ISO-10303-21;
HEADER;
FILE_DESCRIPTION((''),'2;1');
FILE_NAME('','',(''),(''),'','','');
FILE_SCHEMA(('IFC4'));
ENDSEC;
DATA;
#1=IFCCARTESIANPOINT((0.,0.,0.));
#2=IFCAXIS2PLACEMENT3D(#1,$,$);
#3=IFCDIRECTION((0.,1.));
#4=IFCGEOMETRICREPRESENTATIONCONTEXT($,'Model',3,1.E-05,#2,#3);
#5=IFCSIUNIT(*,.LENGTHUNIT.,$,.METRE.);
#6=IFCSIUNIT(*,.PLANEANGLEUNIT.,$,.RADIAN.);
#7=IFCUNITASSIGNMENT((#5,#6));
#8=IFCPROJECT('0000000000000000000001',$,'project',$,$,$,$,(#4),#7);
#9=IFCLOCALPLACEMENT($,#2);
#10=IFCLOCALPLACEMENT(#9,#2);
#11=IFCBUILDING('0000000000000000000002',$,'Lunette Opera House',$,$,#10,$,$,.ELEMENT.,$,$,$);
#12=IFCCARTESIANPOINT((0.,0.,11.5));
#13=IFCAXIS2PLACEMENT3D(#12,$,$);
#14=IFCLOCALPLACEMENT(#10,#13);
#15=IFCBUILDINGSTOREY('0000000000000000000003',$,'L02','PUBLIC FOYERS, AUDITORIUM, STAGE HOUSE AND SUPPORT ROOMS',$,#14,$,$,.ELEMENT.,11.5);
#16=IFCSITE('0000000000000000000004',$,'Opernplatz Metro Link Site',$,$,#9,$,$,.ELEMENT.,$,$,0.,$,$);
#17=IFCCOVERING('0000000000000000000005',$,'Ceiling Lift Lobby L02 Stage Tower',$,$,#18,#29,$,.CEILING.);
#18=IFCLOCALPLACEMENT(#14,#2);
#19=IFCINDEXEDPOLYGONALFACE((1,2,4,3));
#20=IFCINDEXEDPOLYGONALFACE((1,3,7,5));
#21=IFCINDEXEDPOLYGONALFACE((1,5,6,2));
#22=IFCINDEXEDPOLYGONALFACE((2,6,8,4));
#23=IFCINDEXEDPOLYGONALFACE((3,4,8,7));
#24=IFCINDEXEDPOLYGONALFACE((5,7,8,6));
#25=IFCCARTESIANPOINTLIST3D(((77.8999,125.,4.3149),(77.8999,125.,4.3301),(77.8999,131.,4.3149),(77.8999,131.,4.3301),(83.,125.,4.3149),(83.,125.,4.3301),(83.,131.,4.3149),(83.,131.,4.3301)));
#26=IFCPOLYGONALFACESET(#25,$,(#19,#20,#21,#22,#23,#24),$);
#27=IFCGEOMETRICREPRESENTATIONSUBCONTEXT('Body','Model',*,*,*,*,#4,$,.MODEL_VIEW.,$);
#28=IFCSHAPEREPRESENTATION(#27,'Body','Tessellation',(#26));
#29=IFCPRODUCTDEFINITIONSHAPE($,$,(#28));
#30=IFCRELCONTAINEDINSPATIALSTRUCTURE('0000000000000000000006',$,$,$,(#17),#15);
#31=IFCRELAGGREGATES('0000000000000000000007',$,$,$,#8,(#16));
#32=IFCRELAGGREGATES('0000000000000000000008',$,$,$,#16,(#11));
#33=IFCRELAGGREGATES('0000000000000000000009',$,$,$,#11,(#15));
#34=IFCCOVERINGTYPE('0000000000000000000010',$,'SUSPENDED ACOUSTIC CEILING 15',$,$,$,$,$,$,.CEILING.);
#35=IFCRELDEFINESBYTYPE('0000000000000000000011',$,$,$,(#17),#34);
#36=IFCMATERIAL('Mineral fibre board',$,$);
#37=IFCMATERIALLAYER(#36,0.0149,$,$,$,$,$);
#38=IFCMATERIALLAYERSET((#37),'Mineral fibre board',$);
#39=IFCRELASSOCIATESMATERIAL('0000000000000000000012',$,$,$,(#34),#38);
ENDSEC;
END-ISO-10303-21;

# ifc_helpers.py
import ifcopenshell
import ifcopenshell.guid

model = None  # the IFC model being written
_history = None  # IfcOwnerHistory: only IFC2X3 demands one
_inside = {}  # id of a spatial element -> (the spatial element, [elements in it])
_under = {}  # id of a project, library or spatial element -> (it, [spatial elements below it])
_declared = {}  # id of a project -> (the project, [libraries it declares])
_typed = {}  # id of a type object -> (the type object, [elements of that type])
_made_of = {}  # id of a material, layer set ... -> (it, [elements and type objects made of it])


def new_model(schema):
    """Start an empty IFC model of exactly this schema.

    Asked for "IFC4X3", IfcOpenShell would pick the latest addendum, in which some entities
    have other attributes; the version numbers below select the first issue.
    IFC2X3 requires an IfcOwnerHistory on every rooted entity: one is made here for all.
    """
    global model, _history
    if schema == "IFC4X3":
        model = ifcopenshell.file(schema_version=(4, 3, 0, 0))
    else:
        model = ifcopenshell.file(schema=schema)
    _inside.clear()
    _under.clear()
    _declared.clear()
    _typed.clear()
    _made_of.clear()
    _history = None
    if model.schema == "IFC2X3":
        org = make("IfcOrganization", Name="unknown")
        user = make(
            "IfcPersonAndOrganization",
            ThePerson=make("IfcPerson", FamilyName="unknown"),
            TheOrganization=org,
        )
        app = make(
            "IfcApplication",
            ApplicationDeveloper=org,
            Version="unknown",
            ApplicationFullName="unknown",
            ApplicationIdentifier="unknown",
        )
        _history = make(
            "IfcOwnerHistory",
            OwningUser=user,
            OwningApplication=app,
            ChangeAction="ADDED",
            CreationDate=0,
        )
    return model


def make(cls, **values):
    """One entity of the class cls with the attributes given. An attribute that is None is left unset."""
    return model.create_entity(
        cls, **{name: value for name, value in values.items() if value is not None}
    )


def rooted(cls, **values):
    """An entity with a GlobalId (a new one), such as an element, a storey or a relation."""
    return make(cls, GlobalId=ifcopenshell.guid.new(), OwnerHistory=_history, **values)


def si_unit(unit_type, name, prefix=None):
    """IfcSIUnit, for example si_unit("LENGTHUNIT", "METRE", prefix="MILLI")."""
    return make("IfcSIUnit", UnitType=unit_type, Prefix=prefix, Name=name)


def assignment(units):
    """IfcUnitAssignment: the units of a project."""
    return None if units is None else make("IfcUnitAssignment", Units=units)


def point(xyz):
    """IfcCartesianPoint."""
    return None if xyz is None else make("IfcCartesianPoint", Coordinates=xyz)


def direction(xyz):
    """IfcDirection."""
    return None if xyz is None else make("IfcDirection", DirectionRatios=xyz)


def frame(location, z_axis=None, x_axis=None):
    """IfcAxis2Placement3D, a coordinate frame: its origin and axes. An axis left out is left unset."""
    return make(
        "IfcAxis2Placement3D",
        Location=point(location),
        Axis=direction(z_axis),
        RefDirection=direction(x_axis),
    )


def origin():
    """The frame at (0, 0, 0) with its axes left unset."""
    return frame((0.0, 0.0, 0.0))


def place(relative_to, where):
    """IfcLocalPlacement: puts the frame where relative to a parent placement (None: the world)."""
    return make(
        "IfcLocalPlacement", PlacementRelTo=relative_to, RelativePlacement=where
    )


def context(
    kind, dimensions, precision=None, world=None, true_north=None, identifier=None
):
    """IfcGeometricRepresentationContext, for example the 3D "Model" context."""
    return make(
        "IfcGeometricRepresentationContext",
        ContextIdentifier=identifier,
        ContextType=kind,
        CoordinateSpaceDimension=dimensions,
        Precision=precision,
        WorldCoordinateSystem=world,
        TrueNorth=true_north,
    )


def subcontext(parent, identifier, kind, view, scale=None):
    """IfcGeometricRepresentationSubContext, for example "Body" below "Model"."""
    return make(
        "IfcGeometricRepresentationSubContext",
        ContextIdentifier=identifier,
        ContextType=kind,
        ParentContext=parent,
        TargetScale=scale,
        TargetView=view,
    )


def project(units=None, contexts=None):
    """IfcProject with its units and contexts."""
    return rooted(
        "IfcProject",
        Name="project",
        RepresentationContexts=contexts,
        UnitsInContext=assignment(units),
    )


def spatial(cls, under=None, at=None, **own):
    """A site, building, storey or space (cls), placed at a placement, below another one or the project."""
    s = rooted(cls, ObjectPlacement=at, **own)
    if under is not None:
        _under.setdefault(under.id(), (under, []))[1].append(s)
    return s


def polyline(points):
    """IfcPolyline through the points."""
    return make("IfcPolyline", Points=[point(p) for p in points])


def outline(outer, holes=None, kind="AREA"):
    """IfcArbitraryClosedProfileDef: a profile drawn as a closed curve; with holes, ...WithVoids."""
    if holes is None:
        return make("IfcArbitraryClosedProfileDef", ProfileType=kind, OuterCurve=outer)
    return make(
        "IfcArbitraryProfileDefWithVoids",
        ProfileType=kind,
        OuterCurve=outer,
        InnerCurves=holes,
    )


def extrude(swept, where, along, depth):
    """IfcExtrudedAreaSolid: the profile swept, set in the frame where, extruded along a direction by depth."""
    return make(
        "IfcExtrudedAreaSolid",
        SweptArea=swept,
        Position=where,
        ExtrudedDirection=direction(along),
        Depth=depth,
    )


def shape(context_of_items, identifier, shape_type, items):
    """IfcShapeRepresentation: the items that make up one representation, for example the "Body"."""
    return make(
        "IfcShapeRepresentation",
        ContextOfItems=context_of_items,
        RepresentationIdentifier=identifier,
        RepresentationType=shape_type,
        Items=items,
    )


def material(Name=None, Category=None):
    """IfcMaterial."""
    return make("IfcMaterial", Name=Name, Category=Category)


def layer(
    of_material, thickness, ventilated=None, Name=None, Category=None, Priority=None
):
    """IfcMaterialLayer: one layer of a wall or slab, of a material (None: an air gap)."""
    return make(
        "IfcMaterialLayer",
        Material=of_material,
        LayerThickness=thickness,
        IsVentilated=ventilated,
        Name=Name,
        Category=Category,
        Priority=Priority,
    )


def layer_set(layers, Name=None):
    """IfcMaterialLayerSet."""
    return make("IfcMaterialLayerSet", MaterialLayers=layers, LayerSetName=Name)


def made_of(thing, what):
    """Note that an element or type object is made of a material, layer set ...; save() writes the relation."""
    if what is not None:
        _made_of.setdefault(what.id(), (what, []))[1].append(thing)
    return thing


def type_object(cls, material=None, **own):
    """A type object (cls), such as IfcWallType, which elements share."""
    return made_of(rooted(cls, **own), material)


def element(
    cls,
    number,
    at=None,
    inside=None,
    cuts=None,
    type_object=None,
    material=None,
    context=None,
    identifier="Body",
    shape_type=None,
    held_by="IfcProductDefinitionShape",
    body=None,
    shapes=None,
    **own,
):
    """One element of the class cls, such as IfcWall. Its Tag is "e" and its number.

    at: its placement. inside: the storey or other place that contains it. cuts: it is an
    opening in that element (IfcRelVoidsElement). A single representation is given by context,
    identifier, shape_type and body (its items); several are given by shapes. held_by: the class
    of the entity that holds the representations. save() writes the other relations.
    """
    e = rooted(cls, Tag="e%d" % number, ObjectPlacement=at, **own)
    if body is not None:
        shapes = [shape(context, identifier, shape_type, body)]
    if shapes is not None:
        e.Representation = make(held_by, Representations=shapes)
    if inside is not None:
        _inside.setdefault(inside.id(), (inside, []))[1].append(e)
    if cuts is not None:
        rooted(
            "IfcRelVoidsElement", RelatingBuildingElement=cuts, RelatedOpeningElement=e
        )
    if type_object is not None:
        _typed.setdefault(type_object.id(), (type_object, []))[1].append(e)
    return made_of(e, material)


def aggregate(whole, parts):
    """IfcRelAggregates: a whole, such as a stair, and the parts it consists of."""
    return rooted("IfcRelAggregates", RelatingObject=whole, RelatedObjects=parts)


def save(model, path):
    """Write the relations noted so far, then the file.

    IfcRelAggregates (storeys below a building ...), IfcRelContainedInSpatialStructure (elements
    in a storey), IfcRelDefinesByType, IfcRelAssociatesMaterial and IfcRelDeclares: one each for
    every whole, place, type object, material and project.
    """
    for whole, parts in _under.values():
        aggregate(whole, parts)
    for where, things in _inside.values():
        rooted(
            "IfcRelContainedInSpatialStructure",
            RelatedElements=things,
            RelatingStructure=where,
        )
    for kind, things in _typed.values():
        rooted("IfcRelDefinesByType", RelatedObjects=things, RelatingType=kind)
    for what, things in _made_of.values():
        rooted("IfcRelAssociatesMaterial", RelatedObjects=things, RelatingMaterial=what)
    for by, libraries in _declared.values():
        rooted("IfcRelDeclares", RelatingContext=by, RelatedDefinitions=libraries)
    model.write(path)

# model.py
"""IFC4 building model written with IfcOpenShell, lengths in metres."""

from ifc_helpers import new_model, si_unit, direction, frame, origin, place, context, subcontext, project, spatial, polyline, outline, extrude, material, layer, layer_set, type_object, element, save


model = new_model("IFC4")

# Units and contexts
model_context = context("Model", 3, precision=1e-05, world=origin(), true_north=direction((0.0, 1.0)))
body_context = subcontext(model_context, "Body", "Model", "MODEL_VIEW")
ifc_project = project(units=[si_unit("LENGTHUNIT", "METRE"), si_unit("PLANEANGLEUNIT", "RADIAN")], contexts=[model_context])

# Site, building, storey
site_placement = place(None, origin())
site = spatial("IfcSite", under=ifc_project, at=site_placement, Name="Opernplatz Metro Link Site", CompositionType="ELEMENT", RefElevation=0.0)
building_placement = place(site_placement, origin())
building = spatial("IfcBuilding", under=site, at=building_placement, Name="Lunette Opera House", CompositionType="ELEMENT")
storey_placement = place(building_placement, frame((0.0, 0.0, 11.5)))
storey = spatial("IfcBuildingStorey", under=building, at=storey_placement, Name="L02", Description="PUBLIC FOYERS, AUDITORIUM, STAGE HOUSE AND SUPPORT ROOMS", CompositionType="ELEMENT", Elevation=11.5)

# Covering
ifc_material_1 = material(Name="Mineral fibre board")
ifc_layer_1 = layer(ifc_material_1, 0.0149)
ifc_layer_set_1 = layer_set([ifc_layer_1], Name="Mineral fibre board")
covering_type = type_object("IfcCoveringType", Name="SUSPENDED ACOUSTIC CEILING 15", PredefinedType="CEILING", material=ifc_layer_set_1)
covering_1_placement = place(storey_placement, frame((0.0, 0.0, 4.3149)))
element("IfcCovering", 1, at=covering_1_placement, inside=storey, type_object=covering_type, Name="Ceiling Lift Lobby L02 Stage Tower", PredefinedType="CEILING", context=body_context, shape_type="SweptSolid", body=[
    extrude(outline(polyline([(83.0, 125.0), (83.0, 131.0), (77.8999, 131.0), (77.8999, 125.0), (83.0, 125.0)])), origin(), (0.0, 0.0, 1.0), 0.0151),
])

save(model, "model.ifc")
